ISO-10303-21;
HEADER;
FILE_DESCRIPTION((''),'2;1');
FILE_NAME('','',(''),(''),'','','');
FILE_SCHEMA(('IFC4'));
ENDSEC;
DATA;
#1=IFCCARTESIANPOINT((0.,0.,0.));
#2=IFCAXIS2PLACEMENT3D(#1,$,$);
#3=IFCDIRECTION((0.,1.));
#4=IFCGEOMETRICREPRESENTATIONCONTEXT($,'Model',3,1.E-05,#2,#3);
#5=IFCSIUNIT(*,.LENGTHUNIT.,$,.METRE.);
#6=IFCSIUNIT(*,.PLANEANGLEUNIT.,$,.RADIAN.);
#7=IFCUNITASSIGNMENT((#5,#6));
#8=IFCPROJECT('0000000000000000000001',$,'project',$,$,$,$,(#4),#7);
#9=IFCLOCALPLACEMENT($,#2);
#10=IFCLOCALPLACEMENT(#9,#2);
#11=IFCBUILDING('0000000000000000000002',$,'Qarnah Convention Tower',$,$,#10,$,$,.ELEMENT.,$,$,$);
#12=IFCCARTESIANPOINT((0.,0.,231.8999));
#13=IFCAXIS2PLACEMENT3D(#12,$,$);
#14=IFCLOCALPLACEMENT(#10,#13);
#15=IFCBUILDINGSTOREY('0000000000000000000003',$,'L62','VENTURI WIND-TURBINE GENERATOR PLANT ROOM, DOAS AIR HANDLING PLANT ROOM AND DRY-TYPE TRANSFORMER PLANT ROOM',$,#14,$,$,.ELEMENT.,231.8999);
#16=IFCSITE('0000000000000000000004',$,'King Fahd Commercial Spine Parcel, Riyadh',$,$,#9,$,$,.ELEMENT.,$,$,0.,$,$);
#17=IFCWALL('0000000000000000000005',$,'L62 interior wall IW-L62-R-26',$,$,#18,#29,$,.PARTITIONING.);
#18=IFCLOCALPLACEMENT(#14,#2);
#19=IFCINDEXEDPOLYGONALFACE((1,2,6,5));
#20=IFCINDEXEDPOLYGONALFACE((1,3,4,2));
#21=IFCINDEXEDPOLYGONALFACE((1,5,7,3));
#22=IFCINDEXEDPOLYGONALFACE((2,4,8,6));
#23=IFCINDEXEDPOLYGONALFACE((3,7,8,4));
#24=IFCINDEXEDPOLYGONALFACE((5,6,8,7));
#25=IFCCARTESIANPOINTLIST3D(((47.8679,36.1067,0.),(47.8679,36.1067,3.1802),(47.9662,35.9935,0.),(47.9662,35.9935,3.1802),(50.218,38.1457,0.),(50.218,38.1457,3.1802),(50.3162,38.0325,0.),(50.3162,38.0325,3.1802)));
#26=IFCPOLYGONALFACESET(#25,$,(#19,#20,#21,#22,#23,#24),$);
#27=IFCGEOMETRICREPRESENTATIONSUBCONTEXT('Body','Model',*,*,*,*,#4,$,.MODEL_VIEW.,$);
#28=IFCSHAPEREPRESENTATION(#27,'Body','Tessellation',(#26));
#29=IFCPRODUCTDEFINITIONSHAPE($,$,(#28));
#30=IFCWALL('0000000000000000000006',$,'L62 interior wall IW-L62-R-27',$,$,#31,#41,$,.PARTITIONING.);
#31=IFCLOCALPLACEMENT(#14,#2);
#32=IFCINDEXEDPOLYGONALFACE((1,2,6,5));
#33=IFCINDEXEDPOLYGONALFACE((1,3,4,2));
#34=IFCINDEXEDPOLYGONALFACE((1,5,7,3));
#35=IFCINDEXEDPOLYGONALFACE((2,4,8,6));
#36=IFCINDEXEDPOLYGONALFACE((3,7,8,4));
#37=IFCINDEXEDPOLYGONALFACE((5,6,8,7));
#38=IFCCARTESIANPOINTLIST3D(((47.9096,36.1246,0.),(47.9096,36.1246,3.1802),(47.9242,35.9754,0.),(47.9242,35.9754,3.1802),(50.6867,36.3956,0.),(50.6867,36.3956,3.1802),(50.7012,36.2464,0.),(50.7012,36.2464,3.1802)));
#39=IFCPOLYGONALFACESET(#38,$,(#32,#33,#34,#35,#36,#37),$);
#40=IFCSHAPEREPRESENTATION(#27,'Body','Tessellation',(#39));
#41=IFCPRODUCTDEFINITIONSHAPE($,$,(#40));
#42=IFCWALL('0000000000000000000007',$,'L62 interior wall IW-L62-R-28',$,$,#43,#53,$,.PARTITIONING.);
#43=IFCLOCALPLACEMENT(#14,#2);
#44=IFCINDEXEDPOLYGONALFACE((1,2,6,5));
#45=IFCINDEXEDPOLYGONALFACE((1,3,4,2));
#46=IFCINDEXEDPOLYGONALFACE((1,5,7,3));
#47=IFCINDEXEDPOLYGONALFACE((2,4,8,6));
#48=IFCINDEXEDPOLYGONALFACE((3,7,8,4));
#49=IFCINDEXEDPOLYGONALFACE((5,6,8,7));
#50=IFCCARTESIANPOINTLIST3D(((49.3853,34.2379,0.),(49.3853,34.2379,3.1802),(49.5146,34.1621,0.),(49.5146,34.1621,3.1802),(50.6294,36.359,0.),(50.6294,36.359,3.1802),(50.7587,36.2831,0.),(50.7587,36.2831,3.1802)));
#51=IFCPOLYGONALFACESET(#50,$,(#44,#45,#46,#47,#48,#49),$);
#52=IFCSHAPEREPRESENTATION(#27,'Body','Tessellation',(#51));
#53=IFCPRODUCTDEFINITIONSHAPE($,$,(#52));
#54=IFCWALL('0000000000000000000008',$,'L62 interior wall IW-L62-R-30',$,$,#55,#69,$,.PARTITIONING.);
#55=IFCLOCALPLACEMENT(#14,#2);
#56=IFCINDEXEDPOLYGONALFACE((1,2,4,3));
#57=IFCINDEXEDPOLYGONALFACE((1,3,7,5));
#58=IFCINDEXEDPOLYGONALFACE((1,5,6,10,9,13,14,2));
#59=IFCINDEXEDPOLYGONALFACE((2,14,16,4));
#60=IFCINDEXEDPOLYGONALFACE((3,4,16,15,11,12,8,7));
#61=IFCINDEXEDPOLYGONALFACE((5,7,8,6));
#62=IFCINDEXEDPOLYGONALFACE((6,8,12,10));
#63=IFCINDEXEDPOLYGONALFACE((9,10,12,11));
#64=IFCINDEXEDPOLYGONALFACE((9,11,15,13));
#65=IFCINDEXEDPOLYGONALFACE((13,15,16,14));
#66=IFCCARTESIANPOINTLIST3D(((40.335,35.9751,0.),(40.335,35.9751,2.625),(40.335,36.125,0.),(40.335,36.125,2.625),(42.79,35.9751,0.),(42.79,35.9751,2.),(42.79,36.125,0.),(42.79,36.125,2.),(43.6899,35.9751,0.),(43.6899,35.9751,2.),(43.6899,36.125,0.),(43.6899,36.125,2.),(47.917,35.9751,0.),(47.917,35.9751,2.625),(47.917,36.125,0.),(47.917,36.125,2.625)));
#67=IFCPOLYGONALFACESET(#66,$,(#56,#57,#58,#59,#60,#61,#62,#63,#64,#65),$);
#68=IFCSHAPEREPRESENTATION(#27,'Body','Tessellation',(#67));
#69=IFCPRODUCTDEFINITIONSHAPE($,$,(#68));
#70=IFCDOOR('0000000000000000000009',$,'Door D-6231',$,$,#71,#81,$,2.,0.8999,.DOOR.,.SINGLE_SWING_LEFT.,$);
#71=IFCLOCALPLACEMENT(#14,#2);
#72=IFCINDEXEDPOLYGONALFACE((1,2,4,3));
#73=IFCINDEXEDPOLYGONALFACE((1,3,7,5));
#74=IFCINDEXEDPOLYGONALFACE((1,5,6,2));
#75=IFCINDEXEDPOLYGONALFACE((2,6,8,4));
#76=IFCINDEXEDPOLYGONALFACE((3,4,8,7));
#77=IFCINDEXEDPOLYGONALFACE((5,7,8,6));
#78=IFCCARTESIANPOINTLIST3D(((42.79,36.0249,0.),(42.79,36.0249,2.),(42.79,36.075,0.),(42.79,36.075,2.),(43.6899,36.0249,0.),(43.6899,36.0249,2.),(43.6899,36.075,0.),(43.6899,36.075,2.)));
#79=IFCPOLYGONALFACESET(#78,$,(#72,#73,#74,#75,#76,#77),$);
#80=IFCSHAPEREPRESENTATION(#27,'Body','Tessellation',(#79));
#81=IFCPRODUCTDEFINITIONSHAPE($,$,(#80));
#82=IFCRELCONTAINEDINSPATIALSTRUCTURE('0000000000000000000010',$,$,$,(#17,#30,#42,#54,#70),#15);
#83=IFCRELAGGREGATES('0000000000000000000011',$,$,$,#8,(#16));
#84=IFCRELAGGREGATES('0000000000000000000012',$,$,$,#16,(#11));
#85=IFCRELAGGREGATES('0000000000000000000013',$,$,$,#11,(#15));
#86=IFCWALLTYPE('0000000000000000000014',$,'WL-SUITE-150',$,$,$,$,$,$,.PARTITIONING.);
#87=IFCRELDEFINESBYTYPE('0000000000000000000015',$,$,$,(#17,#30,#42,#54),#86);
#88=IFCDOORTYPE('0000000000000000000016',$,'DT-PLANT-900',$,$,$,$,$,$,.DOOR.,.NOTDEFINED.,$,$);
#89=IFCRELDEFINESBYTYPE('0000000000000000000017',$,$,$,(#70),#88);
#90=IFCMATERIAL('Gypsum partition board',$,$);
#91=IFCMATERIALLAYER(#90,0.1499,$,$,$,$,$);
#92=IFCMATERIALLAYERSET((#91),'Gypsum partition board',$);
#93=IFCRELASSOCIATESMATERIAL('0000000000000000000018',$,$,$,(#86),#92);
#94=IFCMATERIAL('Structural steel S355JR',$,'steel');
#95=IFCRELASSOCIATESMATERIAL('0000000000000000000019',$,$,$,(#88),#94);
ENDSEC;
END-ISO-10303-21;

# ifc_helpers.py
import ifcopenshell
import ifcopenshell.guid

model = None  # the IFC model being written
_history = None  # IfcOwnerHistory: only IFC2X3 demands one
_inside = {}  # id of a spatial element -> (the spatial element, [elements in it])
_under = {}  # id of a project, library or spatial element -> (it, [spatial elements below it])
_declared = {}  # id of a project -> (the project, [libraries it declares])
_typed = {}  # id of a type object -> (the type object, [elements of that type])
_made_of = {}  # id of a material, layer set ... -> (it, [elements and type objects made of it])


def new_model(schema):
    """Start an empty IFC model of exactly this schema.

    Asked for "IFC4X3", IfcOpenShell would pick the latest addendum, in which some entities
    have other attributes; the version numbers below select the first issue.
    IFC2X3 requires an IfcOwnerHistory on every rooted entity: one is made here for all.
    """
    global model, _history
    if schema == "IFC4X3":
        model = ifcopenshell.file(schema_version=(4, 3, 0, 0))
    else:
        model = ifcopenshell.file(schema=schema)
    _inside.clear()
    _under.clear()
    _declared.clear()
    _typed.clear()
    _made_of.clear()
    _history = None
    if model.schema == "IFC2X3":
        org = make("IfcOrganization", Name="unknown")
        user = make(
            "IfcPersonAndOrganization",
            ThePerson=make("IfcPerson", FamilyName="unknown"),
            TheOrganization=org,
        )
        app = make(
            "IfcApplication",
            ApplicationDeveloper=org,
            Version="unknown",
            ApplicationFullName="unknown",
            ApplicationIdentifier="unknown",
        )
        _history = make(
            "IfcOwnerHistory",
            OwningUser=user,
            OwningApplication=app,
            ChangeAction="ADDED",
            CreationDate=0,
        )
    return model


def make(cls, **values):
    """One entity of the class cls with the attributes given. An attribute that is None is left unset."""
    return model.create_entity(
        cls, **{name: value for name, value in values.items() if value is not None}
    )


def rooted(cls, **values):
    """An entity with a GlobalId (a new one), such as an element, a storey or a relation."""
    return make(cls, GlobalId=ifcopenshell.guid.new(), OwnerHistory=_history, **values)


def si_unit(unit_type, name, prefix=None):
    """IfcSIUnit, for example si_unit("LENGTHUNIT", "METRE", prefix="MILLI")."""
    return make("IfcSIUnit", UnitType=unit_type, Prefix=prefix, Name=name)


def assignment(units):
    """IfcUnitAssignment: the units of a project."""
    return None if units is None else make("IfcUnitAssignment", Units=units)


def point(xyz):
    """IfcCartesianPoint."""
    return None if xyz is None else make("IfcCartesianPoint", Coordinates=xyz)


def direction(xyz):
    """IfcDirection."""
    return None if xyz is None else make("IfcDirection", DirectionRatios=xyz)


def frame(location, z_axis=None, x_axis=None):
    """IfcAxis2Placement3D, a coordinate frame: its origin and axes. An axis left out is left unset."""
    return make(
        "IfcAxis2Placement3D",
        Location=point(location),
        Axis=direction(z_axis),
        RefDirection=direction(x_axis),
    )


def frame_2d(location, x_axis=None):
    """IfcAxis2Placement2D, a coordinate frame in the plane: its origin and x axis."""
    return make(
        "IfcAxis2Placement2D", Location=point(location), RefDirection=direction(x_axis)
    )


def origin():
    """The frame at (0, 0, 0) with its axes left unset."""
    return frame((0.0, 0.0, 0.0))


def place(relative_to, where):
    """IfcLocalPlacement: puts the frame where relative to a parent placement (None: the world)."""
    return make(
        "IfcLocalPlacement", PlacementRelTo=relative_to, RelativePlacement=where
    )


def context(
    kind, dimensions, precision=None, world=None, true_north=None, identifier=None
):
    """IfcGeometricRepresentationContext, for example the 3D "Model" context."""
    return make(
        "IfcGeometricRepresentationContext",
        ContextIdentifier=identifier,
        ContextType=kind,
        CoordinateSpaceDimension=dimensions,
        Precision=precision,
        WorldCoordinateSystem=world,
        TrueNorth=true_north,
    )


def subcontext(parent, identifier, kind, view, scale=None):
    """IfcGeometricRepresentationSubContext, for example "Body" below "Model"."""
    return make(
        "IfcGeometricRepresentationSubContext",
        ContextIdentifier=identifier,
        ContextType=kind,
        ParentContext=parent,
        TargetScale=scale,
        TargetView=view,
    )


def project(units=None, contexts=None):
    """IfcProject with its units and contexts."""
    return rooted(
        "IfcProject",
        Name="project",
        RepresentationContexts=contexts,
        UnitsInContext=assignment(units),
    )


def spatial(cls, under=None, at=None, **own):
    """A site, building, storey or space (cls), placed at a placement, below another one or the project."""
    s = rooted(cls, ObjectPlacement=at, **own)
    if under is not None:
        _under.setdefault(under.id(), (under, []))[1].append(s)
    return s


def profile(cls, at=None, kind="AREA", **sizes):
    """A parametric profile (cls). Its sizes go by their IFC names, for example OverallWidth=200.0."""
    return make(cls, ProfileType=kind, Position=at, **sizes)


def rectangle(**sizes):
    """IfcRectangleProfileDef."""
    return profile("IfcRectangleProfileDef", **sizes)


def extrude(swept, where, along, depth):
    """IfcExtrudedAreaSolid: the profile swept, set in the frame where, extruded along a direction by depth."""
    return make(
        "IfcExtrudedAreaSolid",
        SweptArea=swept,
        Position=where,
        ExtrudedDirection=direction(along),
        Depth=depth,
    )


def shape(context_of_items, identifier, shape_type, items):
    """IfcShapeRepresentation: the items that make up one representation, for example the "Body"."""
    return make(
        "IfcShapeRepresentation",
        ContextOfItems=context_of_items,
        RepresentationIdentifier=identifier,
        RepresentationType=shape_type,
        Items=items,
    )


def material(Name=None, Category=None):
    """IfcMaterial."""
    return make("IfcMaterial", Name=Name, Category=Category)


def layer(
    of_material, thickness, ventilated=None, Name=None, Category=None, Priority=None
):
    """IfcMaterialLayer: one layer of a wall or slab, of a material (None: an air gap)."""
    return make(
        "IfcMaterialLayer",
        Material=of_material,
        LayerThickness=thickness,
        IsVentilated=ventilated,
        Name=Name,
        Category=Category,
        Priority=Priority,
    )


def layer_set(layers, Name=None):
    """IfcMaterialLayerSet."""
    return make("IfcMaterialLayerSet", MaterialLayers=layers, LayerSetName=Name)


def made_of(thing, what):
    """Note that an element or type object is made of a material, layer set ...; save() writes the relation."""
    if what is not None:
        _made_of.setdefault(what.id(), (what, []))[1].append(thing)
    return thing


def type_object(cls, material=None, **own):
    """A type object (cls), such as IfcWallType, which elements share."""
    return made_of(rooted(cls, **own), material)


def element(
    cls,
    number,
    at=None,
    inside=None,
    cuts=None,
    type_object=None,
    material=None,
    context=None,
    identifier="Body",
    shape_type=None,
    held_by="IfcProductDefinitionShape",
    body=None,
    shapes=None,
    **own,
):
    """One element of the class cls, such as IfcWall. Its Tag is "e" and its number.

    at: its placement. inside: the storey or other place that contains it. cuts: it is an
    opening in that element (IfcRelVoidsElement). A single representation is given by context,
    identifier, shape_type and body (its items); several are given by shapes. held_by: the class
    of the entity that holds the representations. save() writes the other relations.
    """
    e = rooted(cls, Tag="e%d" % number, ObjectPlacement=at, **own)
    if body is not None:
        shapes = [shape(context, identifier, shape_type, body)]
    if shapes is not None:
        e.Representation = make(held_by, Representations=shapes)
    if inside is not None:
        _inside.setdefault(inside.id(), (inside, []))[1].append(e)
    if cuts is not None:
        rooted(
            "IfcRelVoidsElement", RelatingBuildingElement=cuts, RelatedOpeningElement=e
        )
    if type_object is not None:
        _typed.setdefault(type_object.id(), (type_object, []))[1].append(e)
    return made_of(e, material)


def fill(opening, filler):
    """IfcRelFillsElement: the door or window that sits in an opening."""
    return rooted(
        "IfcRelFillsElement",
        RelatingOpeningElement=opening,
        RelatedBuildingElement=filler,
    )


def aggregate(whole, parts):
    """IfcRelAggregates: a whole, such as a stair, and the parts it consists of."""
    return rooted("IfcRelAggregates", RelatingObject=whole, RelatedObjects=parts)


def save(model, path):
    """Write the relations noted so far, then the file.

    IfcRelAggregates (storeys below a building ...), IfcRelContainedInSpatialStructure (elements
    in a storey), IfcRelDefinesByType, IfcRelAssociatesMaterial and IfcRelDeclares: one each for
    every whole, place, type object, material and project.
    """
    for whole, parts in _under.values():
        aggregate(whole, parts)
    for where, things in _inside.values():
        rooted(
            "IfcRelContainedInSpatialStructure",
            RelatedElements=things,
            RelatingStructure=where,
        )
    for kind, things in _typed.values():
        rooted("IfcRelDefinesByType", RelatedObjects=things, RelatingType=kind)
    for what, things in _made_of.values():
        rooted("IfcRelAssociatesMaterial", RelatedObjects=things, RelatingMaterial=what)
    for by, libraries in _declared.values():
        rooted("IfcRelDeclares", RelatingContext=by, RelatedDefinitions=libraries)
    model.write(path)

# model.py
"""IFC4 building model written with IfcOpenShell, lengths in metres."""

from ifc_helpers import new_model, si_unit, direction, frame, frame_2d, origin, place, context, subcontext, project, spatial, rectangle, extrude, material, layer, layer_set, type_object, element, fill, save


model = new_model("IFC4")

# Units and contexts
model_context = context("Model", 3, precision=1e-05, world=origin(), true_north=direction((0.0, 1.0)))
body_context = subcontext(model_context, "Body", "Model", "MODEL_VIEW")
ifc_project = project(units=[si_unit("LENGTHUNIT", "METRE"), si_unit("PLANEANGLEUNIT", "RADIAN")], contexts=[model_context])

# Site, building, storey
site_placement = place(None, origin())
site = spatial("IfcSite", under=ifc_project, at=site_placement, Name="King Fahd Commercial Spine Parcel, Riyadh", CompositionType="ELEMENT", RefElevation=0.0)
building_placement = place(site_placement, origin())
building = spatial("IfcBuilding", under=site, at=building_placement, Name="Qarnah Convention Tower", CompositionType="ELEMENT")
storey_placement = place(building_placement, frame((0.0, 0.0, 231.8999)))
storey = spatial("IfcBuildingStorey", under=building, at=storey_placement, Name="L62", Description="VENTURI WIND-TURBINE GENERATOR PLANT ROOM, DOAS AIR HANDLING PLANT ROOM AND DRY-TYPE TRANSFORMER PLANT ROOM", CompositionType="ELEMENT", Elevation=231.8999)

# Shared definitions
ifc_material_1 = material(Name="Structural steel S355JR", Category="steel")

# Walls
ifc_material_2 = material(Name="Gypsum partition board")
ifc_layer_1 = layer(ifc_material_2, 0.1499)
ifc_layer_set_1 = layer_set([ifc_layer_1], Name="Gypsum partition board")
wall_type = type_object("IfcWallType", Name="WL-SUITE-150", PredefinedType="PARTITIONING", material=ifc_layer_set_1)
wall_1_placement = place(storey_placement, frame((50.2671, 38.0891, 0.0), z_axis=(0.0, 0.0, 1.0), x_axis=(-0.755321, -0.655355, 0.0)))
element("IfcWall", 1, at=wall_1_placement, inside=storey, type_object=wall_type, Name="L62 interior wall IW-L62-R-26", PredefinedType="PARTITIONING", context=body_context, shape_type="SweptSolid", body=[
    extrude(rectangle(XDim=3.1113, YDim=0.1499, at=frame_2d((1.5557, 0.0))), origin(), (0.0, 0.0, 1.0), 3.1802),
])
wall_2_placement = place(storey_placement, frame((47.917, 36.05, 0.0), z_axis=(0.0, 0.0, 1.0), x_axis=(0.995273, 0.097121, 0.0)))
element("IfcWall", 2, at=wall_2_placement, inside=storey, type_object=wall_type, Name="L62 interior wall IW-L62-R-27", PredefinedType="PARTITIONING", context=body_context, shape_type="SweptSolid", body=[
    extrude(rectangle(XDim=2.7903, YDim=0.1499, at=frame_2d((1.395, 0.0))), origin(), (0.0, 0.0, 1.0), 3.1802),
])
wall_3_placement = place(storey_placement, frame((50.6941, 36.321, 0.0), z_axis=(0.0, 0.0, 1.0), x_axis=(-0.505944, -0.862567, 0.0)))
element("IfcWall", 3, at=wall_3_placement, inside=storey, type_object=wall_type, Name="L62 interior wall IW-L62-R-28", PredefinedType="PARTITIONING", context=body_context, shape_type="SweptSolid", body=[
    extrude(rectangle(XDim=2.459, YDim=0.1499, at=frame_2d((1.2295, 0.0))), origin(), (0.0, 0.0, 1.0), 3.1802),
])

# Wall, opening, door
wall_4_placement = place(storey_placement, frame((40.335, 36.05, 0.0), z_axis=(0.0, 0.0, 1.0), x_axis=(1.0, 0.0, 0.0)))
wall_4 = element("IfcWall", 4, at=wall_4_placement, inside=storey, type_object=wall_type, Name="L62 interior wall IW-L62-R-30", PredefinedType="PARTITIONING", context=body_context, shape_type="SweptSolid", body=[
    extrude(rectangle(XDim=7.582, YDim=0.1499, at=frame_2d((3.791, 0.0))), origin(), (0.0, 0.0, 1.0), 2.625),
])
opening_placement = place(wall_4_placement, frame((2.4551, 0.0, 0.0)))
opening = element("IfcOpeningElement", 5, at=opening_placement, cuts=wall_4, PredefinedType="OPENING", context=body_context, shape_type="SweptSolid", body=[
    extrude(rectangle(XDim=0.8999, YDim=2.0, at=frame_2d((0.45, 1.0))), frame((0.0, 0.085, 0.0), z_axis=(0.0, -1.0, 0.0), x_axis=(1.0, 0.0, 0.0)), (0.0, 0.0, 1.0), 0.1699),
])
door_type = type_object("IfcDoorType", Name="DT-PLANT-900", OperationType="NOTDEFINED", PredefinedType="DOOR", material=ifc_material_1)
door_placement = place(opening_placement, origin())
door = element("IfcDoor", 6, at=door_placement, inside=storey, type_object=door_type, Name="Door D-6231", OperationType="SINGLE_SWING_LEFT", OverallHeight=2.0, OverallWidth=0.8999, PredefinedType="DOOR", context=body_context, shape_type="SweptSolid", body=[
    extrude(rectangle(XDim=0.8999, YDim=2.0, at=frame_2d((0.45, 1.0))), frame((0.0, 0.0249, 0.0), z_axis=(0.0, -1.0, 0.0), x_axis=(1.0, 0.0, 0.0)), (0.0, 0.0, 1.0), 0.05),
])
fill(opening, door)

save(model, "model.ifc")
